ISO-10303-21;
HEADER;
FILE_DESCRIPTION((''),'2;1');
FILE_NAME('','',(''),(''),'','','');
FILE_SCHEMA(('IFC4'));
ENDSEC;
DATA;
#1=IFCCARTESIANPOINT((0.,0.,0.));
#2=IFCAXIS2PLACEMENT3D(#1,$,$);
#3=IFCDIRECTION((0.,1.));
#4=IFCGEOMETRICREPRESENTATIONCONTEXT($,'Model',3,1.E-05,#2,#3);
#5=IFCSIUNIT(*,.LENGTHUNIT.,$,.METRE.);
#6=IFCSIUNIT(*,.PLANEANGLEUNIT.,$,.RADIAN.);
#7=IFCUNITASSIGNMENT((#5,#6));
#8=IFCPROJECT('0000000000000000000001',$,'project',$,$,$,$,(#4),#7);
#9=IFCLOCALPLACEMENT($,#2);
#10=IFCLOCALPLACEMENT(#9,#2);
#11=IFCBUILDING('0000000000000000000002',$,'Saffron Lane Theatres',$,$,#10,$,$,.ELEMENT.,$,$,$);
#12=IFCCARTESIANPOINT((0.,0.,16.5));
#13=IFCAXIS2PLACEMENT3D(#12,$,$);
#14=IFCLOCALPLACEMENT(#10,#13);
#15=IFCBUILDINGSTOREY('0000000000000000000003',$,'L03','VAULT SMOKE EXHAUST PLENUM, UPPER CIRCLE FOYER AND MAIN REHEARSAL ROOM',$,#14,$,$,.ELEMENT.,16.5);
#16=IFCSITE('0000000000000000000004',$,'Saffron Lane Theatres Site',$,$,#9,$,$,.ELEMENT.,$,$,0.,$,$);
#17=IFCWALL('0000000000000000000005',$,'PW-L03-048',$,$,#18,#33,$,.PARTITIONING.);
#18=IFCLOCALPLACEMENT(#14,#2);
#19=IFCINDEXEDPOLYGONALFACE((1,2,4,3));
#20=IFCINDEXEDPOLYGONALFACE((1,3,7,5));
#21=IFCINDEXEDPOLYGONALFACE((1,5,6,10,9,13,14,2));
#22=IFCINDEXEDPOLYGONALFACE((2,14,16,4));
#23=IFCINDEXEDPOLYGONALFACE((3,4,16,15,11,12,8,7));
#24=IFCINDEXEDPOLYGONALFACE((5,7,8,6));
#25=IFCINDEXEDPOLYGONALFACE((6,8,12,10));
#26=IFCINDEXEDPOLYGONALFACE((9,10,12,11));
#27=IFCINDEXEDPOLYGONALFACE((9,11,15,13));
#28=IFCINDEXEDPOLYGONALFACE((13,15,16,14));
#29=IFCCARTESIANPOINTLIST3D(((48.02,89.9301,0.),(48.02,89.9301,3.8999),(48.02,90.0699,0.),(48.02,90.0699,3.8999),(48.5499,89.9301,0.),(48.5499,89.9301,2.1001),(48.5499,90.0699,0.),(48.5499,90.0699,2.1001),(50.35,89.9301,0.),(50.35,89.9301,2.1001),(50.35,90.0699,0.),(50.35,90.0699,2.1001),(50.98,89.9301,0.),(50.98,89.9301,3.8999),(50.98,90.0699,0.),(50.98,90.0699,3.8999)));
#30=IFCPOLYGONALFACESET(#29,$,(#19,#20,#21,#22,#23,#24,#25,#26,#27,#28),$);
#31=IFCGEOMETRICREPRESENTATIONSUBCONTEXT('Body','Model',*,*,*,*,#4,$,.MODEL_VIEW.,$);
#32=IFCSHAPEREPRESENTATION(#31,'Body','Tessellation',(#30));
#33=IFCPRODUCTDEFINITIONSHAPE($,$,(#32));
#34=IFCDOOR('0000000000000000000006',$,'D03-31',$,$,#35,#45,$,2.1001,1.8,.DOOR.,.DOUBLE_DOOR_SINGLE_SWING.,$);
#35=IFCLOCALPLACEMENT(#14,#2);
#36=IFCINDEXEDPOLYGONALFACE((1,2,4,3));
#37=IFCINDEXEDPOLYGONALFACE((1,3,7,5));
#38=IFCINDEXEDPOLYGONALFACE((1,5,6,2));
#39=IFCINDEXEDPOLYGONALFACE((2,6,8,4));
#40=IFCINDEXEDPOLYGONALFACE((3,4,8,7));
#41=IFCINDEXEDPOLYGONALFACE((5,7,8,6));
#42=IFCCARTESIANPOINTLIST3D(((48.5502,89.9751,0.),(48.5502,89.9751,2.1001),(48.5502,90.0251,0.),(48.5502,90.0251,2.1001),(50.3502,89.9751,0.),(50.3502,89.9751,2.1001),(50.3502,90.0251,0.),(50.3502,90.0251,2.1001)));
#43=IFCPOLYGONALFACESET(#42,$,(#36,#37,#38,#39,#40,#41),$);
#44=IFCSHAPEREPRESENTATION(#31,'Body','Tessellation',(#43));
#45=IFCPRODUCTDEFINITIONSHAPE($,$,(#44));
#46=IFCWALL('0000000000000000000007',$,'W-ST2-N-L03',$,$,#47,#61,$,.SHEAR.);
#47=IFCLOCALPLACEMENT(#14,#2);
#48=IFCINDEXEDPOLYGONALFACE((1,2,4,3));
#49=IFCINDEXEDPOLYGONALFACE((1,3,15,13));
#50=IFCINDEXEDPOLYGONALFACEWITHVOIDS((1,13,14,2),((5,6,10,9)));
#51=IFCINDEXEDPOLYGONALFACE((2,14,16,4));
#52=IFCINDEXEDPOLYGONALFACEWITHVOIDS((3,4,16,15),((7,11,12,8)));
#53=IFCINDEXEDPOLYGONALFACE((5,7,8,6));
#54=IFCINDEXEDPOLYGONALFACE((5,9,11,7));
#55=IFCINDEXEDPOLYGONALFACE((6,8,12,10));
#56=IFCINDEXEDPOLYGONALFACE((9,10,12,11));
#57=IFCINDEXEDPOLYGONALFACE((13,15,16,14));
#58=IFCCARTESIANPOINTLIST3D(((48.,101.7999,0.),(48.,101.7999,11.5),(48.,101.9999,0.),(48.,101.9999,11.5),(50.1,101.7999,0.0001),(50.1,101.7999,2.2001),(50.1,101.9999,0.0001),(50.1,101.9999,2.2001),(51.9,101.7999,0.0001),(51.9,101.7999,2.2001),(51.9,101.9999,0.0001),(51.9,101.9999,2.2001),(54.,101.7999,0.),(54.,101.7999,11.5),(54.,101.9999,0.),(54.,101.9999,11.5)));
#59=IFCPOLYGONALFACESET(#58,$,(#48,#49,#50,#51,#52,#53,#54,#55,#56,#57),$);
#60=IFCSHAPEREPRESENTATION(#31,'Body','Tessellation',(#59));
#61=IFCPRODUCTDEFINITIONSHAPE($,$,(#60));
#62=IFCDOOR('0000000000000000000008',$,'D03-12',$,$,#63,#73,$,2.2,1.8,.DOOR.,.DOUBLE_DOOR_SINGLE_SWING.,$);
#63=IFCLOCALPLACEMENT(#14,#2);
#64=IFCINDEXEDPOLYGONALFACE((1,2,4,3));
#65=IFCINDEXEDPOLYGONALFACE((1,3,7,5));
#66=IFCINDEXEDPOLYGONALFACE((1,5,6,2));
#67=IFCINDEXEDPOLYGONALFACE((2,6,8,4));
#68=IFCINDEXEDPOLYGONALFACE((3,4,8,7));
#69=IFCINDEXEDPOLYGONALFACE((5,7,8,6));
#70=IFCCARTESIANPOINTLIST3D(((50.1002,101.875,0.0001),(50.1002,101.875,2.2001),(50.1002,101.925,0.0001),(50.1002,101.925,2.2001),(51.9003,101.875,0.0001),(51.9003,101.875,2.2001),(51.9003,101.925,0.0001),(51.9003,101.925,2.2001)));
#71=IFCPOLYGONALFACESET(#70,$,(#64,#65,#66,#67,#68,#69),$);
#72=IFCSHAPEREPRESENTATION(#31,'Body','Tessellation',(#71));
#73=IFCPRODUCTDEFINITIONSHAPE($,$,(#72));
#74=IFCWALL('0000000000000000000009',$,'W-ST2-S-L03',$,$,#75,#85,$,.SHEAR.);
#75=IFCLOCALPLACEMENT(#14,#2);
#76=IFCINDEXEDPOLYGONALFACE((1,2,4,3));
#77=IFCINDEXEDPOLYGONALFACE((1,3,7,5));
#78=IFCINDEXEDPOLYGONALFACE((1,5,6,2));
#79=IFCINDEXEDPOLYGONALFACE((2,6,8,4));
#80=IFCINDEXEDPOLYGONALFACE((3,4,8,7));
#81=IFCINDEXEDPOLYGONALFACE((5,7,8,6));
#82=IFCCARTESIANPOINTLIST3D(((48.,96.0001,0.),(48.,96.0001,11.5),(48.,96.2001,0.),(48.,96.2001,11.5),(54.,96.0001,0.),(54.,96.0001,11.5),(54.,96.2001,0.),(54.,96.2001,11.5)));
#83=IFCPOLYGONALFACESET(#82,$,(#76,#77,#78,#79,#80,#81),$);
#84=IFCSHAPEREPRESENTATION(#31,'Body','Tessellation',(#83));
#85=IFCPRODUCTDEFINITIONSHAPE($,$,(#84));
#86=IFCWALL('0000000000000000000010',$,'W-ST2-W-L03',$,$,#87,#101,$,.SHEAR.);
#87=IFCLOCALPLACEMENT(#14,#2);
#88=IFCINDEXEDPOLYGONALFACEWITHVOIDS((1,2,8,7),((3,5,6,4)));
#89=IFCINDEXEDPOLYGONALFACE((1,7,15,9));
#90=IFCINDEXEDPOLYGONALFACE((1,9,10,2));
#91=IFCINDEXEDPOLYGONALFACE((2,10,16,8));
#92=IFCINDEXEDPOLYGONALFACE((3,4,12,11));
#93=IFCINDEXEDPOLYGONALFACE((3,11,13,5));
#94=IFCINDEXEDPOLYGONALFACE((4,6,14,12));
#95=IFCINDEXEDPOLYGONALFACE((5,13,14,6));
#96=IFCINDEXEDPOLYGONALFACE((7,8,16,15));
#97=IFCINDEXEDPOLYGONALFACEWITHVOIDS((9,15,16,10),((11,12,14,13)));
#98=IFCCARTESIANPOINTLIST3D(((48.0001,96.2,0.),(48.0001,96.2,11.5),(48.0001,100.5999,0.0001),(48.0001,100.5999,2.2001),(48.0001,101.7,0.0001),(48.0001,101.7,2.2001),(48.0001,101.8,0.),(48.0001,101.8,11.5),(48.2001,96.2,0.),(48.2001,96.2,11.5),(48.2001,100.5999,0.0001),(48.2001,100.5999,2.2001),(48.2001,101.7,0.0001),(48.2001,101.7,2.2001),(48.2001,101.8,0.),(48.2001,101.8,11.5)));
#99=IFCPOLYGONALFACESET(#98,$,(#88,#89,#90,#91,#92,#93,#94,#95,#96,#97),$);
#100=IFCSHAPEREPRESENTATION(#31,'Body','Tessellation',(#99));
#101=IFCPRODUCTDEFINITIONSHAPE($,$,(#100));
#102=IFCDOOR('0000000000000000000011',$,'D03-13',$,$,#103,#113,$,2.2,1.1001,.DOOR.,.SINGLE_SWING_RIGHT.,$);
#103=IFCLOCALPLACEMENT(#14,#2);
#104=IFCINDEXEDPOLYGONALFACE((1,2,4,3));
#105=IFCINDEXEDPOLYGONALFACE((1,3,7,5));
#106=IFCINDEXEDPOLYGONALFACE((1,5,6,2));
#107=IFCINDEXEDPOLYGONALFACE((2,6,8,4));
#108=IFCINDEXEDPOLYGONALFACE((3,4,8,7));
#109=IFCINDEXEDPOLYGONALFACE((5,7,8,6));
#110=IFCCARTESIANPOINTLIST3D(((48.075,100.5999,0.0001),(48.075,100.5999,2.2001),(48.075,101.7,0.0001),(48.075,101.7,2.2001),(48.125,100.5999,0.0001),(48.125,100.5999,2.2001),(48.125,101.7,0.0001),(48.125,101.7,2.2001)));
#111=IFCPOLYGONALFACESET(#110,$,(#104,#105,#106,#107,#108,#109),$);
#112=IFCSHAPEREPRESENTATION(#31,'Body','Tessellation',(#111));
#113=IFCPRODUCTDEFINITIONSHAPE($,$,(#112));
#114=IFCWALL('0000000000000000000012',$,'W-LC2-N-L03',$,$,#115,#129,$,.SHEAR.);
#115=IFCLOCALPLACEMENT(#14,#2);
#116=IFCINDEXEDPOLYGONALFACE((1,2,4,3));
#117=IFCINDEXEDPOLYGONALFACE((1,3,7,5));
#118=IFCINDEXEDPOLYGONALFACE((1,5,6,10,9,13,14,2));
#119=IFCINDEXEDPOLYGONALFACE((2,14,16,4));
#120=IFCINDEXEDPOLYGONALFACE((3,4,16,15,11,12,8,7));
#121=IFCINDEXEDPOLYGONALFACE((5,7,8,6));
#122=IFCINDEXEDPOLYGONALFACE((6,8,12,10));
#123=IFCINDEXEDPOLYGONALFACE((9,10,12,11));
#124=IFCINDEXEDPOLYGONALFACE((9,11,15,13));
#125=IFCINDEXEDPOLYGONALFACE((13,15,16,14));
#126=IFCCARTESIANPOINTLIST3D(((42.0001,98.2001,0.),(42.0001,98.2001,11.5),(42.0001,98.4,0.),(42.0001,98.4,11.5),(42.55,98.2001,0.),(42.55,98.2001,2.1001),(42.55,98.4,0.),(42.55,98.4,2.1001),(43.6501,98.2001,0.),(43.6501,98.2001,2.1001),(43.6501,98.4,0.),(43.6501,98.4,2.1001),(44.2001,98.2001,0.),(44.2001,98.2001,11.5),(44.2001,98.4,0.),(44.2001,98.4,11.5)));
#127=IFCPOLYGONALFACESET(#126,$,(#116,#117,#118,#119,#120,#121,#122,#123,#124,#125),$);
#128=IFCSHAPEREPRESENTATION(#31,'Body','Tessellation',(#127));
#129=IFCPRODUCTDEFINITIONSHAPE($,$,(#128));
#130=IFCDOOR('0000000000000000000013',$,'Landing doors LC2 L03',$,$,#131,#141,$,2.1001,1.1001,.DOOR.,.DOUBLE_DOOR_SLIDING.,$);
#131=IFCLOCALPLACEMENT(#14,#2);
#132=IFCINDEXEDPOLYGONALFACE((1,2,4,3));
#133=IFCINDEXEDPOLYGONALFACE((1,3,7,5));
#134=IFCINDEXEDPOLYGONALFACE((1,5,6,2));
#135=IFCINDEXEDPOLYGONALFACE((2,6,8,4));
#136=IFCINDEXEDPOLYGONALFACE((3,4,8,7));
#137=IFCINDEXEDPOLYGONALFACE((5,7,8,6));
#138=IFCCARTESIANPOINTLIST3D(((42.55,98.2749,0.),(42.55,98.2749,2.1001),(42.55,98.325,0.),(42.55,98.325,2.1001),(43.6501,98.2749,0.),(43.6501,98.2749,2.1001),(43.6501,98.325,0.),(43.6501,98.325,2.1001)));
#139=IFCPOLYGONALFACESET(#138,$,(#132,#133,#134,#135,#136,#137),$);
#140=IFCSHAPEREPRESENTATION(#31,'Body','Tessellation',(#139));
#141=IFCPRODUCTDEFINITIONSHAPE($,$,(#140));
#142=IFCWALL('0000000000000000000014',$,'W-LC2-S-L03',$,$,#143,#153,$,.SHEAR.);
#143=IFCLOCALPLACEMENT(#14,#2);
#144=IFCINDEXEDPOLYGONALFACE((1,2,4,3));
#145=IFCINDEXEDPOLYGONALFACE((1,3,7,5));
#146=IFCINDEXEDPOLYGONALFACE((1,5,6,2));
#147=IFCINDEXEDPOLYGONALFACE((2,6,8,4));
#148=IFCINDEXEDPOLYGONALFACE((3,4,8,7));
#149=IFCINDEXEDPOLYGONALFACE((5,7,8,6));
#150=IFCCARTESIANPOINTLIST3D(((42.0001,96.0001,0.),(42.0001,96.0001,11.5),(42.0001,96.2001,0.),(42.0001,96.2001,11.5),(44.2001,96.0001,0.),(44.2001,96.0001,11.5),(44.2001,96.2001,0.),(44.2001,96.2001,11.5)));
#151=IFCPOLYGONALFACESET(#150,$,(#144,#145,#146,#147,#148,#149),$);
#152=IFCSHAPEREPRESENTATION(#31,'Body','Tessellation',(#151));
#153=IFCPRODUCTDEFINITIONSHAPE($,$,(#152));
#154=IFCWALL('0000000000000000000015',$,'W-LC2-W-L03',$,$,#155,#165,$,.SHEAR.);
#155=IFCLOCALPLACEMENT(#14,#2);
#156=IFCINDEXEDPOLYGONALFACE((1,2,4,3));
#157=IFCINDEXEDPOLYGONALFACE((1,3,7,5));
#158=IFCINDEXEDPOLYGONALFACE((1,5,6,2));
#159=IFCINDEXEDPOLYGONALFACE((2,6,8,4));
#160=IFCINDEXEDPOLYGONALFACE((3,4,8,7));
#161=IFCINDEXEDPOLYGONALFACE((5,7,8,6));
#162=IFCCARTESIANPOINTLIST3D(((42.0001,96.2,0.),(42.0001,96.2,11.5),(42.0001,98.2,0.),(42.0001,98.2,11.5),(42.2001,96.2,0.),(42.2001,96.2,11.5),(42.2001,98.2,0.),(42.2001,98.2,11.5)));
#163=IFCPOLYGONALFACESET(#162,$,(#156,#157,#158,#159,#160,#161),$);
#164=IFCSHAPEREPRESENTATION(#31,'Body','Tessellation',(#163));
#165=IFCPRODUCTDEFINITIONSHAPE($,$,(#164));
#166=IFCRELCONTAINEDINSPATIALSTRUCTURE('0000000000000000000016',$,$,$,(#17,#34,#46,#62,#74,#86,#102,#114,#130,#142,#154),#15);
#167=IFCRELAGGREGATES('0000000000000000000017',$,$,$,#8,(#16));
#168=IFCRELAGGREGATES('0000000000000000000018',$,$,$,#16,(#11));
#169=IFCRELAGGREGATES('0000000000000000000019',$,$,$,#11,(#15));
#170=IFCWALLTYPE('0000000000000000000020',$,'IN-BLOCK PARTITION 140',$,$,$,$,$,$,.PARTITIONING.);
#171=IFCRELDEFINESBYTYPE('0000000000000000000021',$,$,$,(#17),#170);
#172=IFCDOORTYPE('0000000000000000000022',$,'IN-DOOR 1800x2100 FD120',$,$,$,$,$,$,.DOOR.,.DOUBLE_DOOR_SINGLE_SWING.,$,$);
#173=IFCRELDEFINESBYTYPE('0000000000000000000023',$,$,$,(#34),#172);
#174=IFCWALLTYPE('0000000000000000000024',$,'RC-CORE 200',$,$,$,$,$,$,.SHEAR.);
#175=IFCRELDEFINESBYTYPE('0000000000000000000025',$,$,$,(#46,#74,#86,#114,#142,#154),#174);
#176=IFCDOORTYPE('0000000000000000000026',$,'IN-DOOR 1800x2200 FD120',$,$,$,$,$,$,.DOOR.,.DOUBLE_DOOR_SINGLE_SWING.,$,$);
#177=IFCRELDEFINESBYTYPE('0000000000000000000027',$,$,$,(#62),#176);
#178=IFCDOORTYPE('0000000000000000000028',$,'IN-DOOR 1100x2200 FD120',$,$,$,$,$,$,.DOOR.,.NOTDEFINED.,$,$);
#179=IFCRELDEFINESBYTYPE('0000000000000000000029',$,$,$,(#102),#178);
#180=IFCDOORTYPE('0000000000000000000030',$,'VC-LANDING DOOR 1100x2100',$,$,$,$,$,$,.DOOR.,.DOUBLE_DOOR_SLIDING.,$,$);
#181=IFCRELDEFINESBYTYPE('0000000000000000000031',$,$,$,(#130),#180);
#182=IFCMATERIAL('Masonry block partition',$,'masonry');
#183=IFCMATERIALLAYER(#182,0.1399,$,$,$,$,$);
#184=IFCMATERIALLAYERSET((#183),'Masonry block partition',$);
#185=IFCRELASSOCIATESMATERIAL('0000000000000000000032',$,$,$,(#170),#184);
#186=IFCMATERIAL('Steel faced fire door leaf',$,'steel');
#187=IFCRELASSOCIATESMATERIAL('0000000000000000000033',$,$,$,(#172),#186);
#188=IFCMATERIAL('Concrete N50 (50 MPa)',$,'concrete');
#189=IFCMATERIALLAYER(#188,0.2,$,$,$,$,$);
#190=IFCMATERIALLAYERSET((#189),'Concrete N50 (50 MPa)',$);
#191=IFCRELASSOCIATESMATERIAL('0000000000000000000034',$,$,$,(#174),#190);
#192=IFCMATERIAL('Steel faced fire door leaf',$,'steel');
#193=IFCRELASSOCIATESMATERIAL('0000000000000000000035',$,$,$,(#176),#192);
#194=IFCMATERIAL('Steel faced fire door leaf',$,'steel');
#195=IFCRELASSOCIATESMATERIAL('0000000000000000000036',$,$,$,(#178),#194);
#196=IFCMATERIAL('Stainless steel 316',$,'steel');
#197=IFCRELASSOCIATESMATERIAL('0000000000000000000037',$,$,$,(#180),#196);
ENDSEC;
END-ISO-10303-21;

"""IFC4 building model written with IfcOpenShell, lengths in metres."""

from ifc_helpers import new_model, si_unit, direction, frame, frame_2d, origin, place, context, subcontext, project, spatial, rectangle, extrude, material, layer, layer_set, type_object, element, fill, save


model = new_model("IFC4")

# Units and contexts
model_context = context("Model", 3, precision=1e-05, world=origin(), true_north=direction((0.0, 1.0)))
body_context = subcontext(model_context, "Body", "Model", "MODEL_VIEW")
ifc_project = project(units=[si_unit("LENGTHUNIT", "METRE"), si_unit("PLANEANGLEUNIT", "RADIAN")], contexts=[model_context])

# Site, building, storey
site_placement = place(None, origin())
site = spatial("IfcSite", under=ifc_project, at=site_placement, Name="Saffron Lane Theatres Site", CompositionType="ELEMENT", RefElevation=0.0)
building_placement = place(site_placement, origin())
building = spatial("IfcBuilding", under=site, at=building_placement, Name="Saffron Lane Theatres", CompositionType="ELEMENT")
storey_placement = place(building_placement, frame((0.0, 0.0, 16.5)))
storey = spatial("IfcBuildingStorey", under=building, at=storey_placement, Name="L03", Description="VAULT SMOKE EXHAUST PLENUM, UPPER CIRCLE FOYER AND MAIN REHEARSAL ROOM", CompositionType="ELEMENT", Elevation=16.5)

# Walls, openings, doors
ifc_material_1 = material(Name="Masonry block partition", Category="masonry")
ifc_layer_1 = layer(ifc_material_1, 0.1399)
ifc_layer_set_1 = layer_set([ifc_layer_1], Name="Masonry block partition")
wall_type_1 = type_object("IfcWallType", Name="IN-BLOCK PARTITION 140", PredefinedType="PARTITIONING", material=ifc_layer_set_1)
wall_1_placement = place(storey_placement, frame((48.02, 90.0, 0.0), z_axis=(0.0, 0.0, 1.0), x_axis=(1.0, 0.0, 0.0)))
wall_1 = element("IfcWall", 1, at=wall_1_placement, inside=storey, type_object=wall_type_1, Name="PW-L03-048", PredefinedType="PARTITIONING", context=body_context, shape_type="SweptSolid", body=[
    extrude(rectangle(XDim=2.96, YDim=0.1399, at=frame_2d((1.48, 0.0))), origin(), (0.0, 0.0, 1.0), 3.8999),
])
opening_1_placement = place(wall_1_placement, frame((0.53, 0.0, 0.0)))
opening_1 = element("IfcOpeningElement", 2, at=opening_1_placement, cuts=wall_1, PredefinedType="OPENING", context=body_context, shape_type="SweptSolid", body=[
    extrude(rectangle(XDim=1.8, YDim=2.1001, at=frame_2d((0.8999, 1.05))), frame((0.0, 0.0801, 0.0), z_axis=(0.0, -1.0, 0.0), x_axis=(1.0, 0.0, 0.0)), (0.0, 0.0, 1.0), 0.1599),
])
ifc_material_2 = material(Name="Steel faced fire door leaf", Category="steel")
door_type_1 = type_object("IfcDoorType", Name="IN-DOOR 1800x2100 FD120", OperationType="DOUBLE_DOOR_SINGLE_SWING", PredefinedType="DOOR", material=ifc_material_2)
door_1_placement = place(opening_1_placement, frame((1.8, 0.0, 0.0), z_axis=(0.0, 0.0, 1.0), x_axis=(-1.0, 0.0, 0.0)))
door_1 = element("IfcDoor", 3, at=door_1_placement, inside=storey, type_object=door_type_1, Name="D03-31", OperationType="DOUBLE_DOOR_SINGLE_SWING", OverallHeight=2.1001, OverallWidth=1.8, PredefinedType="DOOR", context=body_context, shape_type="SweptSolid", body=[
    extrude(rectangle(XDim=1.8, YDim=2.1001, at=frame_2d((0.8999, 1.05))), frame((0.0, 0.0249, 0.0), z_axis=(0.0, -1.0, 0.0), x_axis=(1.0, 0.0, 0.0)), (0.0, 0.0, 1.0), 0.05),
])
fill(opening_1, door_1)
ifc_material_3 = material(Name="Concrete N50 (50 MPa)", Category="concrete")
ifc_layer_2 = layer(ifc_material_3, 0.2)
ifc_layer_set_2 = layer_set([ifc_layer_2], Name="Concrete N50 (50 MPa)")
wall_type_2 = type_object("IfcWallType", Name="RC-CORE 200", PredefinedType="SHEAR", material=ifc_layer_set_2)
wall_2_placement = place(storey_placement, frame((48.0, 101.8999, 0.0), z_axis=(0.0, 0.0, 1.0), x_axis=(1.0, 0.0, 0.0)))
wall_2 = element("IfcWall", 4, at=wall_2_placement, inside=storey, type_object=wall_type_2, Name="W-ST2-N-L03", PredefinedType="SHEAR", context=body_context, shape_type="SweptSolid", body=[
    extrude(rectangle(XDim=6.0, YDim=0.2, at=frame_2d((3.0, 0.0))), origin(), (0.0, 0.0, 1.0), 11.5),
])
opening_2_placement = place(wall_2_placement, frame((2.1001, 0.0, 0.0)))
opening_2 = element("IfcOpeningElement", 5, at=opening_2_placement, cuts=wall_2, PredefinedType="OPENING", context=body_context, shape_type="SweptSolid", body=[
    extrude(rectangle(XDim=1.8, YDim=2.2, at=frame_2d((0.8999, 1.1001))), frame((0.0, 0.1099, 0.0), z_axis=(0.0, -1.0, 0.0), x_axis=(1.0, 0.0, 0.0)), (0.0, 0.0, 1.0), 0.22),
])
ifc_material_4 = material(Name="Steel faced fire door leaf", Category="steel")
door_type_2 = type_object("IfcDoorType", Name="IN-DOOR 1800x2200 FD120", OperationType="DOUBLE_DOOR_SINGLE_SWING", PredefinedType="DOOR", material=ifc_material_4)
door_2_placement = place(opening_2_placement, frame((1.8, 0.0, 0.0), z_axis=(0.0, 0.0, 1.0), x_axis=(-1.0, 0.0, 0.0)))
door_2 = element("IfcDoor", 6, at=door_2_placement, inside=storey, type_object=door_type_2, Name="D03-12", OperationType="DOUBLE_DOOR_SINGLE_SWING", OverallHeight=2.2, OverallWidth=1.8, PredefinedType="DOOR", context=body_context, shape_type="SweptSolid", body=[
    extrude(rectangle(XDim=1.8, YDim=2.2, at=frame_2d((0.8999, 1.1001))), frame((0.0, 0.0249, 0.0), z_axis=(0.0, -1.0, 0.0), x_axis=(1.0, 0.0, 0.0)), (0.0, 0.0, 1.0), 0.05),
])
fill(opening_2, door_2)

# Wall
wall_3_placement = place(storey_placement, frame((48.0, 96.1001, 0.0), z_axis=(0.0, 0.0, 1.0), x_axis=(1.0, 0.0, 0.0)))
element("IfcWall", 7, at=wall_3_placement, inside=storey, type_object=wall_type_2, Name="W-ST2-S-L03", PredefinedType="SHEAR", context=body_context, shape_type="SweptSolid", body=[
    extrude(rectangle(XDim=6.0, YDim=0.2, at=frame_2d((3.0, 0.0))), origin(), (0.0, 0.0, 1.0), 11.5),
])

# Walls, openings, doors
wall_4_placement = place(storey_placement, frame((48.1001, 96.2, 0.0), z_axis=(0.0, 0.0, 1.0), x_axis=(0.0, 1.0, 0.0)))
wall_4 = element("IfcWall", 8, at=wall_4_placement, inside=storey, type_object=wall_type_2, Name="W-ST2-W-L03", PredefinedType="SHEAR", context=body_context, shape_type="SweptSolid", body=[
    extrude(rectangle(XDim=5.6001, YDim=0.2, at=frame_2d((2.8, 0.0))), origin(), (0.0, 0.0, 1.0), 11.5),
])
opening_3_placement = place(wall_4_placement, frame((4.3999, 0.0, 0.0)))
opening_3 = element("IfcOpeningElement", 9, at=opening_3_placement, cuts=wall_4, PredefinedType="OPENING", context=body_context, shape_type="SweptSolid", body=[
    extrude(rectangle(XDim=1.1001, YDim=2.2, at=frame_2d((0.55, 1.1001))), frame((0.0, 0.1099, 0.0), z_axis=(0.0, -1.0, 0.0), x_axis=(1.0, 0.0, 0.0)), (0.0, 0.0, 1.0), 0.22),
])
ifc_material_5 = material(Name="Steel faced fire door leaf", Category="steel")
door_type_3 = type_object("IfcDoorType", Name="IN-DOOR 1100x2200 FD120", OperationType="NOTDEFINED", PredefinedType="DOOR", material=ifc_material_5)
door_3_placement = place(opening_3_placement, frame((1.1001, 0.0, 0.0), z_axis=(0.0, 0.0, 1.0), x_axis=(-1.0, 0.0, 0.0)))
door_3 = element("IfcDoor", 10, at=door_3_placement, inside=storey, type_object=door_type_3, Name="D03-13", OperationType="SINGLE_SWING_RIGHT", OverallHeight=2.2, OverallWidth=1.1001, PredefinedType="DOOR", context=body_context, shape_type="SweptSolid", body=[
    extrude(rectangle(XDim=1.1001, YDim=2.2, at=frame_2d((0.55, 1.1001))), frame((0.0, 0.0249, 0.0), z_axis=(0.0, -1.0, 0.0), x_axis=(1.0, 0.0, 0.0)), (0.0, 0.0, 1.0), 0.05),
])
fill(opening_3, door_3)
wall_5_placement = place(storey_placement, frame((42.0, 98.3, 0.0), z_axis=(0.0, 0.0, 1.0), x_axis=(1.0, 0.0, 0.0)))
wall_5 = element("IfcWall", 11, at=wall_5_placement, inside=storey, type_object=wall_type_2, Name="W-LC2-N-L03", PredefinedType="SHEAR", context=body_context, shape_type="SweptSolid", body=[
    extrude(rectangle(XDim=2.2, YDim=0.2, at=frame_2d((1.1001, 0.0))), origin(), (0.0, 0.0, 1.0), 11.5),
])
opening_4_placement = place(wall_5_placement, frame((0.55, 0.0, 0.0)))
opening_4 = element("IfcOpeningElement", 12, at=opening_4_placement, cuts=wall_5, PredefinedType="OPENING", context=body_context, shape_type="SweptSolid", body=[
    extrude(rectangle(XDim=1.1001, YDim=2.1001, at=frame_2d((0.55, 1.05))), frame((0.0, 0.1099, 0.0), z_axis=(0.0, -1.0, 0.0), x_axis=(1.0, 0.0, 0.0)), (0.0, 0.0, 1.0), 0.22),
])
ifc_material_6 = material(Name="Stainless steel 316", Category="steel")
door_type_4 = type_object("IfcDoorType", Name="VC-LANDING DOOR 1100x2100", OperationType="DOUBLE_DOOR_SLIDING", PredefinedType="DOOR", material=ifc_material_6)
door_4_placement = place(opening_4_placement, origin())
door_4 = element("IfcDoor", 13, at=door_4_placement, inside=storey, type_object=door_type_4, Name="Landing doors LC2 L03", OperationType="DOUBLE_DOOR_SLIDING", OverallHeight=2.1001, OverallWidth=1.1001, PredefinedType="DOOR", context=body_context, shape_type="SweptSolid", body=[
    extrude(rectangle(XDim=1.1001, YDim=2.1001, at=frame_2d((0.55, 1.05))), frame((0.0, 0.0249, 0.0), z_axis=(0.0, -1.0, 0.0), x_axis=(1.0, 0.0, 0.0)), (0.0, 0.0, 1.0), 0.05),
])
fill(opening_4, door_4)

# Walls
wall_6_placement = place(storey_placement, frame((42.0, 96.1001, 0.0), z_axis=(0.0, 0.0, 1.0), x_axis=(1.0, 0.0, 0.0)))
element("IfcWall", 14, at=wall_6_placement, inside=storey, type_object=wall_type_2, Name="W-LC2-S-L03", PredefinedType="SHEAR", context=body_context, shape_type="SweptSolid", body=[
    extrude(rectangle(XDim=2.2, YDim=0.2, at=frame_2d((1.1001, 0.0))), origin(), (0.0, 0.0, 1.0), 11.5),
])
for number, where, z_axis, x_axis, name in (
    (15, (42.1001, 96.2, 0.0), (0.0, 0.0, 1.0), (0.0, 1.0, 0.0), "W-LC2-W-L03"),
):
    element("IfcWall", number, at=place(storey_placement, frame(where, z_axis=z_axis, x_axis=x_axis)), inside=storey, type_object=wall_type_2, Name=name, PredefinedType="SHEAR", context=body_context, shape_type="SweptSolid", body=[
        extrude(rectangle(XDim=2.0, YDim=0.2, at=frame_2d((1.0, 0.0))), origin(), (0.0, 0.0, 1.0), 11.5),
    ])

save(model, "model.ifc")
